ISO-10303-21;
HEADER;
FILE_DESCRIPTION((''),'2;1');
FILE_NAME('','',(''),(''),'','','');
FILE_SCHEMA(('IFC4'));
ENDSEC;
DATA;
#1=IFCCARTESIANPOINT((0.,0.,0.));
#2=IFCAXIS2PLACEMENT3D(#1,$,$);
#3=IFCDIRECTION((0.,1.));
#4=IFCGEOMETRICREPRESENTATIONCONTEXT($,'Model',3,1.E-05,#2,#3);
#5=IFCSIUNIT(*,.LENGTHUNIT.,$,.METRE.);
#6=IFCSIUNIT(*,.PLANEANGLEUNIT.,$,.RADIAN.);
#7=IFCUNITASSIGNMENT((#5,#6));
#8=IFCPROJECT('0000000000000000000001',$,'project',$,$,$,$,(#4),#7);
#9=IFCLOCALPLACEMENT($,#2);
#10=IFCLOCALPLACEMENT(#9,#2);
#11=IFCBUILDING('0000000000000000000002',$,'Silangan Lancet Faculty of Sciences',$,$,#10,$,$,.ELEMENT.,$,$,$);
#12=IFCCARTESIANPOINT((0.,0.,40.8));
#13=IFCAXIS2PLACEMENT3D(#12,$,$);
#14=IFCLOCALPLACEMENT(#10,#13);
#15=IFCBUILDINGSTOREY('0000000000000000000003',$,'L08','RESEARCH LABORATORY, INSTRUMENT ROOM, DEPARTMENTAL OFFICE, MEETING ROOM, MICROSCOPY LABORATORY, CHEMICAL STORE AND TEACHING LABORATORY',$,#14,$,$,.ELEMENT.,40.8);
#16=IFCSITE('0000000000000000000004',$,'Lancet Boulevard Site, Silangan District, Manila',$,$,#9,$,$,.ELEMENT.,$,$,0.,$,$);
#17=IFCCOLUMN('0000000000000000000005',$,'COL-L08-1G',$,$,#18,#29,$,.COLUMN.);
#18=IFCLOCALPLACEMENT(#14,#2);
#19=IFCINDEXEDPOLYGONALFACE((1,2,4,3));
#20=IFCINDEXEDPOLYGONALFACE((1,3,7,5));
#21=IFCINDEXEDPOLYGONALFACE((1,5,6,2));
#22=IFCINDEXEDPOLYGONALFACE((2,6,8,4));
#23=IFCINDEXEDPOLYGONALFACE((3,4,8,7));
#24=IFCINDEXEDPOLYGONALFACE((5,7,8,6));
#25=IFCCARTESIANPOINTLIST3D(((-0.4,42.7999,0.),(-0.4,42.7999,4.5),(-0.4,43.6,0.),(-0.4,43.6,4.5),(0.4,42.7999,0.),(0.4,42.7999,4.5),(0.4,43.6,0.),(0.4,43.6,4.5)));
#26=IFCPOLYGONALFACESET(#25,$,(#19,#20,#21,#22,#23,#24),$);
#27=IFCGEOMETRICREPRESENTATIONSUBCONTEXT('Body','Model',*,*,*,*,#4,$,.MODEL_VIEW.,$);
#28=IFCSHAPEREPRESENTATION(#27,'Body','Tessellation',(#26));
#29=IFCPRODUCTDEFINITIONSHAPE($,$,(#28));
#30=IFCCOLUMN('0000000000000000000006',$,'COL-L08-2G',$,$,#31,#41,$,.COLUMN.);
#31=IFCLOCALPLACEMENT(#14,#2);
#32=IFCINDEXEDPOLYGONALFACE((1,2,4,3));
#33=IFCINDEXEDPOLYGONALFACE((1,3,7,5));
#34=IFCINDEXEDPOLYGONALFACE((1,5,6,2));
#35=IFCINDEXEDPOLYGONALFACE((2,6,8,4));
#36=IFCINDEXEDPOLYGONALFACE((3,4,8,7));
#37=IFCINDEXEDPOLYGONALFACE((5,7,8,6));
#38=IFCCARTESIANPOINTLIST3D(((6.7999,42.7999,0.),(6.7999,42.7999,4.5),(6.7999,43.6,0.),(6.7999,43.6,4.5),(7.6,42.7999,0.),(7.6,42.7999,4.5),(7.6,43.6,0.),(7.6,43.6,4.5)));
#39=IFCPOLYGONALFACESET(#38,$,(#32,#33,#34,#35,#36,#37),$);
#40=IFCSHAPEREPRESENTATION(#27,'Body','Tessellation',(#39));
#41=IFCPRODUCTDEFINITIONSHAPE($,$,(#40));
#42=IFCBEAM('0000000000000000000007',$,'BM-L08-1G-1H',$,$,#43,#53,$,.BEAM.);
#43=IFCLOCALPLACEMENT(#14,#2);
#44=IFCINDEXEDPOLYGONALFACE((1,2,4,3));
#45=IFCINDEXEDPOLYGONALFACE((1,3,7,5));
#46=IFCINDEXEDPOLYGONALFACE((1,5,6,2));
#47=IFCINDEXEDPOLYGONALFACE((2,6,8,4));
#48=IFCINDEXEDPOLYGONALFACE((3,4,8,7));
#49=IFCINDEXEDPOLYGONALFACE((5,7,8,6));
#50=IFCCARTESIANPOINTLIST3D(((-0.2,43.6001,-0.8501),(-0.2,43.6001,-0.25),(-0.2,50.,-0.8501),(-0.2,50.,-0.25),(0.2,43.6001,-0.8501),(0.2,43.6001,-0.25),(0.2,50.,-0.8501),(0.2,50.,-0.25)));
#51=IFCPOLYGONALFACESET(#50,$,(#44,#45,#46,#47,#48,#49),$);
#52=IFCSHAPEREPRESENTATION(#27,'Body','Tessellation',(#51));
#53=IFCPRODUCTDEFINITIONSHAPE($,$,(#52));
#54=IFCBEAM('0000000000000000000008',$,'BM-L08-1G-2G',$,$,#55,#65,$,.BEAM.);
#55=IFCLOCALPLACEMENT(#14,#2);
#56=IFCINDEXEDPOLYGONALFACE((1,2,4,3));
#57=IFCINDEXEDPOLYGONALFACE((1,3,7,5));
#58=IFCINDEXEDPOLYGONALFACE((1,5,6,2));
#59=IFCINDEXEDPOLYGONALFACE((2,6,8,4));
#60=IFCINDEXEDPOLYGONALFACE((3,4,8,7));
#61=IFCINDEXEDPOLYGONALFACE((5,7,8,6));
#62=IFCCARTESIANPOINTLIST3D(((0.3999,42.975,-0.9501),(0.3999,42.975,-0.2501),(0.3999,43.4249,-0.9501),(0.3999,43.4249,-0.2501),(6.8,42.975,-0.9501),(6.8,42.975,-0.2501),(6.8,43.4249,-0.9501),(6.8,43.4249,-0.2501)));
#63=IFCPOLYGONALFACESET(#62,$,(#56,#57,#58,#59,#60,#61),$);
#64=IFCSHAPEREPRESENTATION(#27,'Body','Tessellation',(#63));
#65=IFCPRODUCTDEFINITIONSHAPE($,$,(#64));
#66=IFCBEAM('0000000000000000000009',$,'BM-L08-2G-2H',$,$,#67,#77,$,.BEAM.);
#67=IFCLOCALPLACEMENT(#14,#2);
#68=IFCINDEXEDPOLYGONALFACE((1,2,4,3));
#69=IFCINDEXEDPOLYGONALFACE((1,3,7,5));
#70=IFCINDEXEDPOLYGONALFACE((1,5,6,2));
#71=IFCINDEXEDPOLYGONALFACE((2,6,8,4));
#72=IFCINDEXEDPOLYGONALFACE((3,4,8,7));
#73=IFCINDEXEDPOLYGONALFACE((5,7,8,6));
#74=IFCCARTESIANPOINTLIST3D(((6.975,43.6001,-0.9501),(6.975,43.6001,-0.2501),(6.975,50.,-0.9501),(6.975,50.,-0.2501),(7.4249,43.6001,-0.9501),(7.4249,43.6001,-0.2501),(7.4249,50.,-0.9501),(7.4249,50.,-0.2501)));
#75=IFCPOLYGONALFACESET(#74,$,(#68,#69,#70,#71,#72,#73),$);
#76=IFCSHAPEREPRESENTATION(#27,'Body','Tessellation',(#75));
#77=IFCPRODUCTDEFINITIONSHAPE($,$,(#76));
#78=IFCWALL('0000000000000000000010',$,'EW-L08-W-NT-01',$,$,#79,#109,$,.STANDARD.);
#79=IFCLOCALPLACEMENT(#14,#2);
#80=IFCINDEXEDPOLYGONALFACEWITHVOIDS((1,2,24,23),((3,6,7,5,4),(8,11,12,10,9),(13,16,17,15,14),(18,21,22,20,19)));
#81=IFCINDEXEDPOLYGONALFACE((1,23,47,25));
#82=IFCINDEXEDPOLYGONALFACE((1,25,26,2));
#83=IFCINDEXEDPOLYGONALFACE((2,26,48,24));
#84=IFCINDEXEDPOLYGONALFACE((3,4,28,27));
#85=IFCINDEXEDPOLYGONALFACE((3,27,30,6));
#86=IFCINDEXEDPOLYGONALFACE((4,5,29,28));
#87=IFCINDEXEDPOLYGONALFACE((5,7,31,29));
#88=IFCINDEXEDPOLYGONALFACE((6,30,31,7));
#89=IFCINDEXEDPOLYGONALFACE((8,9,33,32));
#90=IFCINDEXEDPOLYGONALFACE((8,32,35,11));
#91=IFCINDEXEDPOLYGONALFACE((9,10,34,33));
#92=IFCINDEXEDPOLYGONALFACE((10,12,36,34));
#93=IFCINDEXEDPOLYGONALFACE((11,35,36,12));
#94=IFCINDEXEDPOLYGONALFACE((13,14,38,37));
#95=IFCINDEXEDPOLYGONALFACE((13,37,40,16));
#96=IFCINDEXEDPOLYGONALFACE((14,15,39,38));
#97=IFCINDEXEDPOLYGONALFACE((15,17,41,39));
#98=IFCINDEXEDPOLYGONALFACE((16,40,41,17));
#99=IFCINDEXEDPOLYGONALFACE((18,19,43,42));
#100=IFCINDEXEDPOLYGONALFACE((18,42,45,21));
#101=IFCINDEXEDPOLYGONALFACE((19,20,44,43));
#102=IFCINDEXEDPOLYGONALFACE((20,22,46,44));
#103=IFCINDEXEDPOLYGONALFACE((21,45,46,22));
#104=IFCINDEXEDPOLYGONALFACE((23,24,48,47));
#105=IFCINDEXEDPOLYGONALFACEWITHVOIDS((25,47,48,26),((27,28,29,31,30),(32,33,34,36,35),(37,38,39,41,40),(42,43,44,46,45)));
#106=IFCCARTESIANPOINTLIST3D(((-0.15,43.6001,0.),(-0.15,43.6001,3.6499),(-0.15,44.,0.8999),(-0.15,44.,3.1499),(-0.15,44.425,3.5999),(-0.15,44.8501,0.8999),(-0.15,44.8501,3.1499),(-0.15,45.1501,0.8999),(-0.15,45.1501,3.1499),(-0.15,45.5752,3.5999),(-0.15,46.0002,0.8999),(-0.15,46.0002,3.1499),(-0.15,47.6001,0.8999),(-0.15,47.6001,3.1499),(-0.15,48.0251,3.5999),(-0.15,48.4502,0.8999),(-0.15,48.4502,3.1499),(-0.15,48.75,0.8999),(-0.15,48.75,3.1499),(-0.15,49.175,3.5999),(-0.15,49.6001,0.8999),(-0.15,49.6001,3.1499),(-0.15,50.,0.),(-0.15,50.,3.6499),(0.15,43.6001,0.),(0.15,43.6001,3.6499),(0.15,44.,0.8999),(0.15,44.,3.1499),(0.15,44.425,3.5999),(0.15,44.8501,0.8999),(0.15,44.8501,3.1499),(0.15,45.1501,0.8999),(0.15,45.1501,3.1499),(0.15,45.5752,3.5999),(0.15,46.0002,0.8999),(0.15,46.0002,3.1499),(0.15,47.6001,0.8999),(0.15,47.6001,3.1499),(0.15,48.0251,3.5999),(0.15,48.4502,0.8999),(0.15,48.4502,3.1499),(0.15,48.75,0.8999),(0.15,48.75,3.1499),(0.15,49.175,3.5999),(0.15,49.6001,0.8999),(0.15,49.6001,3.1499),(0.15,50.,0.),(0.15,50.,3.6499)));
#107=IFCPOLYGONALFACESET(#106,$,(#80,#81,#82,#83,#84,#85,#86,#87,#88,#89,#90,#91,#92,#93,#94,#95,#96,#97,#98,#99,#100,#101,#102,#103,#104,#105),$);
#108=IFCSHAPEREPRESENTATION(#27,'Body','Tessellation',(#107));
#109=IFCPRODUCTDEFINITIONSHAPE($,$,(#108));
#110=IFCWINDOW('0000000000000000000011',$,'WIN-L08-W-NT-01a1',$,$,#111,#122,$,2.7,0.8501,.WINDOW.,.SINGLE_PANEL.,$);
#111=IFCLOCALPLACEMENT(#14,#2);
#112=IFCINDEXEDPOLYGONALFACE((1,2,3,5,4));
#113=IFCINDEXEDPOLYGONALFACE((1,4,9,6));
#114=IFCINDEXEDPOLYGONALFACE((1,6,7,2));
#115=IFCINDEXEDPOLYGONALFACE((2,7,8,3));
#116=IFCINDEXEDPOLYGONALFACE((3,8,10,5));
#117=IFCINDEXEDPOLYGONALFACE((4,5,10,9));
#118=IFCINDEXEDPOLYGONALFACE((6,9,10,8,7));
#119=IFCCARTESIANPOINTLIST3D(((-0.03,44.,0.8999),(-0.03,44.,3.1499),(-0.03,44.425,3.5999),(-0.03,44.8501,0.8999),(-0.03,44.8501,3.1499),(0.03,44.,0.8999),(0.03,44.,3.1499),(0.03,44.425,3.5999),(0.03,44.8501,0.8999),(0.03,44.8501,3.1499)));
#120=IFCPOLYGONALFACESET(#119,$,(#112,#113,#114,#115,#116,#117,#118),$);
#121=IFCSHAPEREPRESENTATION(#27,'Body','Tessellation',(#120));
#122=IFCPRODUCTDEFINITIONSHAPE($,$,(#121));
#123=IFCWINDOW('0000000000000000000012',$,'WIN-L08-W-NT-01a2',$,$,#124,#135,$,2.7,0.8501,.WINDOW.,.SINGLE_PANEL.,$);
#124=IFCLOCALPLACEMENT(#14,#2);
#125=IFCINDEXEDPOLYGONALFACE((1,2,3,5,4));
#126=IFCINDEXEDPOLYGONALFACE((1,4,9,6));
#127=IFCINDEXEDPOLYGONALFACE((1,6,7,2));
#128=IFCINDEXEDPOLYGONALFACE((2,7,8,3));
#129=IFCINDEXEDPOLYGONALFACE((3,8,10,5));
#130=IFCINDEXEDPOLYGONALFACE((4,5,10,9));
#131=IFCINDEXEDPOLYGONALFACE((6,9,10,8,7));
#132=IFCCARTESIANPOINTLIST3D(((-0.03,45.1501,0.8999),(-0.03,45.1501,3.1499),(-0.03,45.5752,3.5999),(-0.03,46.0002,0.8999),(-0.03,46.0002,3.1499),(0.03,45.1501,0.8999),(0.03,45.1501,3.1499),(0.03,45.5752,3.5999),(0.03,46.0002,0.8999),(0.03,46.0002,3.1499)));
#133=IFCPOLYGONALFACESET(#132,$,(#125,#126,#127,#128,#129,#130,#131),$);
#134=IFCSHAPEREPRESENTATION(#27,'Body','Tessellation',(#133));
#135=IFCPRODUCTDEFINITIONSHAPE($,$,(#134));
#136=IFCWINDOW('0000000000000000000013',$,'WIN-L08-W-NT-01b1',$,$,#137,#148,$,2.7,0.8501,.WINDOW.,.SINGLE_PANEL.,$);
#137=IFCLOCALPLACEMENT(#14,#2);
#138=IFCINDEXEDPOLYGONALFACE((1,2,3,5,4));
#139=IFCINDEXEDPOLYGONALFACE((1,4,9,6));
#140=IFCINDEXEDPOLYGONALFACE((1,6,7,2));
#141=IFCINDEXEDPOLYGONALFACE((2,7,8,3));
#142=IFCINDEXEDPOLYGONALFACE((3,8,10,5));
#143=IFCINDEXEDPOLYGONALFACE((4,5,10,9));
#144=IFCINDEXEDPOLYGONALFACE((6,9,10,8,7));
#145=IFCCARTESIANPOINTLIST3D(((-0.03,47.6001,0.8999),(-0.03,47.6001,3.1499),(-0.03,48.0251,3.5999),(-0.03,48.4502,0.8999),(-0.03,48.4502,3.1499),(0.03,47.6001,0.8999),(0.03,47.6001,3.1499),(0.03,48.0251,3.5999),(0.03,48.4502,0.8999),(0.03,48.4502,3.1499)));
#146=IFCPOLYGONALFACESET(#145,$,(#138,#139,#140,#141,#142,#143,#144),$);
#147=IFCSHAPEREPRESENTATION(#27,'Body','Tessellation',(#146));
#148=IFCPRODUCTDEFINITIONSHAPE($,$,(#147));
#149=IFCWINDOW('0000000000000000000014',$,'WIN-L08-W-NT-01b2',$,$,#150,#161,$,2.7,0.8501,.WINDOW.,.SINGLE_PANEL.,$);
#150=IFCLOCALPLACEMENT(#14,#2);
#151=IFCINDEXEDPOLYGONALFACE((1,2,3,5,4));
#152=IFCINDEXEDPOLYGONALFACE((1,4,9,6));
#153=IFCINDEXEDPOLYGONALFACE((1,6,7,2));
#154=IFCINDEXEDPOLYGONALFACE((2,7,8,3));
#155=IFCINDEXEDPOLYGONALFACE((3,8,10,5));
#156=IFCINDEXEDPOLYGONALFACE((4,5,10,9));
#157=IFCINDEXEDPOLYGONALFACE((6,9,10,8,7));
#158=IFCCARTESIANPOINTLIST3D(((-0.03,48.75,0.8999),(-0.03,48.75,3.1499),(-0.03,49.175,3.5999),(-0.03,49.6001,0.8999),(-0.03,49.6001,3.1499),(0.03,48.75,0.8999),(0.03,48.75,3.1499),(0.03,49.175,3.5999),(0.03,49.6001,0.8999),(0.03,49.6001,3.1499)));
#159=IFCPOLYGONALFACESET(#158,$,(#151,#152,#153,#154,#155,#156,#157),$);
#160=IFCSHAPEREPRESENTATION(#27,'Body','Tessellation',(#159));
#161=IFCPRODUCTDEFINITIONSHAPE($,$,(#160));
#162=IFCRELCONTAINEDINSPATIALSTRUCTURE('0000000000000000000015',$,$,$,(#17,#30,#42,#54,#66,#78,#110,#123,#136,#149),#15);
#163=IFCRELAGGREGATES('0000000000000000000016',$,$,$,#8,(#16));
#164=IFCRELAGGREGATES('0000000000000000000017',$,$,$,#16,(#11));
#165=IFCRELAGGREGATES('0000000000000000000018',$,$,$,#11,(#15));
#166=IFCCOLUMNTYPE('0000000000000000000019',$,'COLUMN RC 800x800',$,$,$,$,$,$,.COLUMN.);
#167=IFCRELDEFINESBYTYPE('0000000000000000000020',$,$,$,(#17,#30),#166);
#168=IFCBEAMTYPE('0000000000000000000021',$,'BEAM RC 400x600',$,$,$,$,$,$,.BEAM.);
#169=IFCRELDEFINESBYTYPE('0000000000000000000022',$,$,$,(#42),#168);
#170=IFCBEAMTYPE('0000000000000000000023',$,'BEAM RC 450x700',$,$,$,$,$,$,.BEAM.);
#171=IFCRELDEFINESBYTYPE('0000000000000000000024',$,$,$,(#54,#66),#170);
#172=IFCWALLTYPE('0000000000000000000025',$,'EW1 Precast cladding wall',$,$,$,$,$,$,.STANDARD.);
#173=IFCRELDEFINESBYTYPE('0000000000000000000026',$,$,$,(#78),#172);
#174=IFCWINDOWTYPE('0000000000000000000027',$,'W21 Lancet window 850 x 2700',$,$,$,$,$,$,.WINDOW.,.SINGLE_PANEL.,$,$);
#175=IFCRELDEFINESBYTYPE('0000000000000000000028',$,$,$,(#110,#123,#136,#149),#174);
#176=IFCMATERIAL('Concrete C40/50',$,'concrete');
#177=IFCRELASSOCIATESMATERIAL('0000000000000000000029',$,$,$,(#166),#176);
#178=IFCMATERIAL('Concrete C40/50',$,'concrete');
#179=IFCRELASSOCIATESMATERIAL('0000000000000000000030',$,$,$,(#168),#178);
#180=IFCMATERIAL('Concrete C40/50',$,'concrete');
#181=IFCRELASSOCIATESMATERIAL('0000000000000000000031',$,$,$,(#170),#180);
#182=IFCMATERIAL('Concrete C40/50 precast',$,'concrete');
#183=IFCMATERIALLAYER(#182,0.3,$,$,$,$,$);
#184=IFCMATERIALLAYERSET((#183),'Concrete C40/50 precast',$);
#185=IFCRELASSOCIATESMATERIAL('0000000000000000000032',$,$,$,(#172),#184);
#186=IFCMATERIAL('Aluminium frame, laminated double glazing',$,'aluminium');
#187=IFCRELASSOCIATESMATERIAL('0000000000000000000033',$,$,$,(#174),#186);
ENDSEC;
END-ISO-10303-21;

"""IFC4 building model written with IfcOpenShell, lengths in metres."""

from ifc_helpers import new_model, si_unit, direction, frame, frame_2d, origin, origin_2d, place, context, subcontext, project, spatial, polyline, rectangle, outline, extrude, material, layer, layer_set, material_profile, profile_set, type_object, element, fill, save


model = new_model("IFC4")

# Units and contexts
model_context = context("Model", 3, precision=1e-05, world=origin(), true_north=direction((0.0, 1.0)))
body_context = subcontext(model_context, "Body", "Model", "MODEL_VIEW")
ifc_project = project(units=[si_unit("LENGTHUNIT", "METRE"), si_unit("PLANEANGLEUNIT", "RADIAN")], contexts=[model_context])

# Site, building, storey
site_placement = place(None, origin())
site = spatial("IfcSite", under=ifc_project, at=site_placement, Name="Lancet Boulevard Site, Silangan District, Manila", CompositionType="ELEMENT", RefElevation=0.0)
building_placement = place(site_placement, origin())
building = spatial("IfcBuilding", under=site, at=building_placement, Name="Silangan Lancet Faculty of Sciences", CompositionType="ELEMENT")
storey_placement = place(building_placement, frame((0.0, 0.0, 40.8)))
storey = spatial("IfcBuildingStorey", under=building, at=storey_placement, Name="L08", Description="RESEARCH LABORATORY, INSTRUMENT ROOM, DEPARTMENTAL OFFICE, MEETING ROOM, MICROSCOPY LABORATORY, CHEMICAL STORE AND TEACHING LABORATORY", CompositionType="ELEMENT", Elevation=40.8)

# Columns
ifc_material_1 = material(Name="Concrete C40/50", Category="concrete")
ifc_material_profile_1 = material_profile(ifc_material_1, rectangle(XDim=0.8, YDim=0.8, at=origin_2d()), Name="RC 800x800")
ifc_profile_set_1 = profile_set([ifc_material_profile_1], Name="Concrete C40/50")
column_type = type_object("IfcColumnType", Name="COLUMN RC 800x800", PredefinedType="COLUMN", material=ifc_profile_set_1)
for number, where, z_axis, x_axis, name in (
    (1, (0.0, 43.2, 0.0), (0.0, 0.0, 1.0), (1.0, 0.0, 0.0), "COL-L08-1G"),
    (2, (7.2, 43.2, 0.0), (0.0, 0.0, 1.0), (1.0, 0.0, 0.0), "COL-L08-2G"),
):
    element("IfcColumn", number, at=place(storey_placement, frame(where, z_axis=z_axis, x_axis=x_axis)), inside=storey, type_object=column_type, Name=name, PredefinedType="COLUMN", context=body_context, shape_type="SweptSolid", body=[
        extrude(rectangle(XDim=0.8, YDim=0.8, at=origin_2d()), origin(), (0.0, 0.0, 1.0), 4.5),
    ])

# Beams
ifc_material_2 = material(Name="Concrete C40/50", Category="concrete")
ifc_material_profile_2 = material_profile(ifc_material_2, rectangle(XDim=0.3999, YDim=0.6001, at=origin_2d()), Name="RC 400x600")
ifc_profile_set_2 = profile_set([ifc_material_profile_2], Name="Concrete C40/50")
beam_type_1 = type_object("IfcBeamType", Name="BEAM RC 400x600", PredefinedType="BEAM", material=ifc_profile_set_2)
beam_1_placement = place(storey_placement, frame((0.0, 43.6001, -0.55), z_axis=(0.0, 1.0, 0.0), x_axis=(-1.0, 0.0, 0.0)))
element("IfcBeam", 3, at=beam_1_placement, inside=storey, type_object=beam_type_1, Name="BM-L08-1G-1H", PredefinedType="BEAM", context=body_context, shape_type="SweptSolid", body=[
    extrude(rectangle(XDim=0.3999, YDim=0.6001, at=origin_2d()), origin(), (0.0, 0.0, 1.0), 6.3999),
])
ifc_material_3 = material(Name="Concrete C40/50", Category="concrete")
ifc_material_profile_3 = material_profile(ifc_material_3, rectangle(XDim=0.45, YDim=0.7, at=origin_2d()), Name="RC 450x700")
ifc_profile_set_3 = profile_set([ifc_material_profile_3], Name="Concrete C40/50")
beam_type_2 = type_object("IfcBeamType", Name="BEAM RC 450x700", PredefinedType="BEAM", material=ifc_profile_set_3)
beam_2_placement = place(storey_placement, frame((0.3999, 43.2, -0.6001), z_axis=(1.0, 0.0, 0.0), x_axis=(0.0, 1.0, 0.0)))
element("IfcBeam", 4, at=beam_2_placement, inside=storey, type_object=beam_type_2, Name="BM-L08-1G-2G", PredefinedType="BEAM", context=body_context, shape_type="SweptSolid", body=[
    extrude(rectangle(XDim=0.45, YDim=0.7, at=origin_2d()), origin(), (0.0, 0.0, 1.0), 6.4001),
])
beam_3_placement = place(storey_placement, frame((7.2, 43.6001, -0.6001), z_axis=(0.0, 1.0, 0.0), x_axis=(-1.0, 0.0, 0.0)))
element("IfcBeam", 5, at=beam_3_placement, inside=storey, type_object=beam_type_2, Name="BM-L08-2G-2H", PredefinedType="BEAM", context=body_context, shape_type="SweptSolid", body=[
    extrude(rectangle(XDim=0.45, YDim=0.7, at=origin_2d()), origin(), (0.0, 0.0, 1.0), 6.3999),
])

# Wall, openings, windows
ifc_material_4 = material(Name="Concrete C40/50 precast", Category="concrete")
ifc_layer_1 = layer(ifc_material_4, 0.3)
ifc_layer_set_1 = layer_set([ifc_layer_1], Name="Concrete C40/50 precast")
wall_type_1 = type_object("IfcWallType", Name="EW1 Precast cladding wall", PredefinedType="STANDARD", material=ifc_layer_set_1)
wall_1_placement = place(storey_placement, frame((0.0, 43.6001, 0.0), z_axis=(0.0, 0.0, 1.0), x_axis=(0.0, 1.0, 0.0)))
wall_1 = element("IfcWall", 6, at=wall_1_placement, inside=storey, type_object=wall_type_1, Name="EW-L08-W-NT-01", PredefinedType="STANDARD", context=body_context, shape_type="SweptSolid", body=[
    extrude(rectangle(XDim=6.3999, YDim=0.3, at=frame_2d((3.2, 0.0))), origin(), (0.0, 0.0, 1.0), 3.6499),
])
opening_1_placement = place(wall_1_placement, frame((0.3999, 0.0, 0.8999)))
opening_1 = element("IfcOpeningElement", 7, at=opening_1_placement, cuts=wall_1, PredefinedType="OPENING", context=body_context, shape_type="SweptSolid", body=[
    extrude(outline(polyline([(0.0, 0.0), (0.8501, 0.0), (0.8501, 2.25), (0.425, 2.7), (0.0, 2.25), (0.0, 0.0)])), frame((0.0, 0.1599, 0.0), z_axis=(0.0, -1.0, 0.0), x_axis=(1.0, 0.0, 0.0)), (0.0, 0.0, 1.0), 0.3201),
])
opening_2_placement = place(wall_1_placement, frame((1.55, 0.0, 0.8999)))
opening_2 = element("IfcOpeningElement", 8, at=opening_2_placement, cuts=wall_1, PredefinedType="OPENING", context=body_context, shape_type="SweptSolid", body=[
    extrude(outline(polyline([(0.0, 0.0), (0.8501, 0.0), (0.8501, 2.25), (0.425, 2.7), (0.0, 2.25), (0.0, 0.0)])), frame((0.0, 0.1599, 0.0), z_axis=(0.0, -1.0, 0.0), x_axis=(1.0, 0.0, 0.0)), (0.0, 0.0, 1.0), 0.3201),
])
opening_3_placement = place(wall_1_placement, frame((4.0, 0.0, 0.8999)))
opening_3 = element("IfcOpeningElement", 9, at=opening_3_placement, cuts=wall_1, PredefinedType="OPENING", context=body_context, shape_type="SweptSolid", body=[
    extrude(outline(polyline([(0.0, 0.0), (0.8501, 0.0), (0.8501, 2.25), (0.425, 2.7), (0.0, 2.25), (0.0, 0.0)])), frame((0.0, 0.1599, 0.0), z_axis=(0.0, -1.0, 0.0), x_axis=(1.0, 0.0, 0.0)), (0.0, 0.0, 1.0), 0.3201),
])
opening_4_placement = place(wall_1_placement, frame((5.1499, 0.0, 0.8999)))
opening_4 = element("IfcOpeningElement", 10, at=opening_4_placement, cuts=wall_1, PredefinedType="OPENING", context=body_context, shape_type="SweptSolid", body=[
    extrude(outline(polyline([(0.0, 0.0), (0.8501, 0.0), (0.8501, 2.25), (0.425, 2.7), (0.0, 2.25), (0.0, 0.0)])), frame((0.0, 0.1599, 0.0), z_axis=(0.0, -1.0, 0.0), x_axis=(1.0, 0.0, 0.0)), (0.0, 0.0, 1.0), 0.3201),
])
ifc_material_5 = material(Name="Aluminium frame, laminated double glazing", Category="aluminium")
window_type = type_object("IfcWindowType", Name="W21 Lancet window 850 x 2700", PartitioningType="SINGLE_PANEL", PredefinedType="WINDOW", material=ifc_material_5)
window_1_placement = place(opening_1_placement, origin())
window_1 = element("IfcWindow", 11, at=window_1_placement, inside=storey, type_object=window_type, Name="WIN-L08-W-NT-01a1", OverallHeight=2.7, OverallWidth=0.8501, PartitioningType="SINGLE_PANEL", PredefinedType="WINDOW", context=body_context, shape_type="SweptSolid", body=[
    extrude(outline(polyline([(0.0, 0.0), (0.8501, 0.0), (0.8501, 2.25), (0.425, 2.7), (0.0, 2.25), (0.0, 0.0)])), frame((0.0, 0.03, 0.0), z_axis=(0.0, -1.0, 0.0), x_axis=(1.0, 0.0, 0.0)), (0.0, 0.0, 1.0), 0.0601),
])
fill(opening_1, window_1)
window_2_placement = place(opening_2_placement, origin())
window_2 = element("IfcWindow", 12, at=window_2_placement, inside=storey, type_object=window_type, Name="WIN-L08-W-NT-01a2", OverallHeight=2.7, OverallWidth=0.8501, PartitioningType="SINGLE_PANEL", PredefinedType="WINDOW", context=body_context, shape_type="SweptSolid", body=[
    extrude(outline(polyline([(0.0, 0.0), (0.8501, 0.0), (0.8501, 2.25), (0.425, 2.7), (0.0, 2.25), (0.0, 0.0)])), frame((0.0, 0.03, 0.0), z_axis=(0.0, -1.0, 0.0), x_axis=(1.0, 0.0, 0.0)), (0.0, 0.0, 1.0), 0.0601),
])
fill(opening_2, window_2)
window_3_placement = place(opening_3_placement, origin())
window_3 = element("IfcWindow", 13, at=window_3_placement, inside=storey, type_object=window_type, Name="WIN-L08-W-NT-01b1", OverallHeight=2.7, OverallWidth=0.8501, PartitioningType="SINGLE_PANEL", PredefinedType="WINDOW", context=body_context, shape_type="SweptSolid", body=[
    extrude(outline(polyline([(0.0, 0.0), (0.8501, 0.0), (0.8501, 2.25), (0.425, 2.7), (0.0, 2.25), (0.0, 0.0)])), frame((0.0, 0.03, 0.0), z_axis=(0.0, -1.0, 0.0), x_axis=(1.0, 0.0, 0.0)), (0.0, 0.0, 1.0), 0.0601),
])
fill(opening_3, window_3)
window_4_placement = place(opening_4_placement, origin())
window_4 = element("IfcWindow", 14, at=window_4_placement, inside=storey, type_object=window_type, Name="WIN-L08-W-NT-01b2", OverallHeight=2.7, OverallWidth=0.8501, PartitioningType="SINGLE_PANEL", PredefinedType="WINDOW", context=body_context, shape_type="SweptSolid", body=[
    extrude(outline(polyline([(0.0, 0.0), (0.8501, 0.0), (0.8501, 2.25), (0.425, 2.7), (0.0, 2.25), (0.0, 0.0)])), frame((0.0, 0.03, 0.0), z_axis=(0.0, -1.0, 0.0), x_axis=(1.0, 0.0, 0.0)), (0.0, 0.0, 1.0), 0.0601),
])
fill(opening_4, window_4)

save(model, "model.ifc")
